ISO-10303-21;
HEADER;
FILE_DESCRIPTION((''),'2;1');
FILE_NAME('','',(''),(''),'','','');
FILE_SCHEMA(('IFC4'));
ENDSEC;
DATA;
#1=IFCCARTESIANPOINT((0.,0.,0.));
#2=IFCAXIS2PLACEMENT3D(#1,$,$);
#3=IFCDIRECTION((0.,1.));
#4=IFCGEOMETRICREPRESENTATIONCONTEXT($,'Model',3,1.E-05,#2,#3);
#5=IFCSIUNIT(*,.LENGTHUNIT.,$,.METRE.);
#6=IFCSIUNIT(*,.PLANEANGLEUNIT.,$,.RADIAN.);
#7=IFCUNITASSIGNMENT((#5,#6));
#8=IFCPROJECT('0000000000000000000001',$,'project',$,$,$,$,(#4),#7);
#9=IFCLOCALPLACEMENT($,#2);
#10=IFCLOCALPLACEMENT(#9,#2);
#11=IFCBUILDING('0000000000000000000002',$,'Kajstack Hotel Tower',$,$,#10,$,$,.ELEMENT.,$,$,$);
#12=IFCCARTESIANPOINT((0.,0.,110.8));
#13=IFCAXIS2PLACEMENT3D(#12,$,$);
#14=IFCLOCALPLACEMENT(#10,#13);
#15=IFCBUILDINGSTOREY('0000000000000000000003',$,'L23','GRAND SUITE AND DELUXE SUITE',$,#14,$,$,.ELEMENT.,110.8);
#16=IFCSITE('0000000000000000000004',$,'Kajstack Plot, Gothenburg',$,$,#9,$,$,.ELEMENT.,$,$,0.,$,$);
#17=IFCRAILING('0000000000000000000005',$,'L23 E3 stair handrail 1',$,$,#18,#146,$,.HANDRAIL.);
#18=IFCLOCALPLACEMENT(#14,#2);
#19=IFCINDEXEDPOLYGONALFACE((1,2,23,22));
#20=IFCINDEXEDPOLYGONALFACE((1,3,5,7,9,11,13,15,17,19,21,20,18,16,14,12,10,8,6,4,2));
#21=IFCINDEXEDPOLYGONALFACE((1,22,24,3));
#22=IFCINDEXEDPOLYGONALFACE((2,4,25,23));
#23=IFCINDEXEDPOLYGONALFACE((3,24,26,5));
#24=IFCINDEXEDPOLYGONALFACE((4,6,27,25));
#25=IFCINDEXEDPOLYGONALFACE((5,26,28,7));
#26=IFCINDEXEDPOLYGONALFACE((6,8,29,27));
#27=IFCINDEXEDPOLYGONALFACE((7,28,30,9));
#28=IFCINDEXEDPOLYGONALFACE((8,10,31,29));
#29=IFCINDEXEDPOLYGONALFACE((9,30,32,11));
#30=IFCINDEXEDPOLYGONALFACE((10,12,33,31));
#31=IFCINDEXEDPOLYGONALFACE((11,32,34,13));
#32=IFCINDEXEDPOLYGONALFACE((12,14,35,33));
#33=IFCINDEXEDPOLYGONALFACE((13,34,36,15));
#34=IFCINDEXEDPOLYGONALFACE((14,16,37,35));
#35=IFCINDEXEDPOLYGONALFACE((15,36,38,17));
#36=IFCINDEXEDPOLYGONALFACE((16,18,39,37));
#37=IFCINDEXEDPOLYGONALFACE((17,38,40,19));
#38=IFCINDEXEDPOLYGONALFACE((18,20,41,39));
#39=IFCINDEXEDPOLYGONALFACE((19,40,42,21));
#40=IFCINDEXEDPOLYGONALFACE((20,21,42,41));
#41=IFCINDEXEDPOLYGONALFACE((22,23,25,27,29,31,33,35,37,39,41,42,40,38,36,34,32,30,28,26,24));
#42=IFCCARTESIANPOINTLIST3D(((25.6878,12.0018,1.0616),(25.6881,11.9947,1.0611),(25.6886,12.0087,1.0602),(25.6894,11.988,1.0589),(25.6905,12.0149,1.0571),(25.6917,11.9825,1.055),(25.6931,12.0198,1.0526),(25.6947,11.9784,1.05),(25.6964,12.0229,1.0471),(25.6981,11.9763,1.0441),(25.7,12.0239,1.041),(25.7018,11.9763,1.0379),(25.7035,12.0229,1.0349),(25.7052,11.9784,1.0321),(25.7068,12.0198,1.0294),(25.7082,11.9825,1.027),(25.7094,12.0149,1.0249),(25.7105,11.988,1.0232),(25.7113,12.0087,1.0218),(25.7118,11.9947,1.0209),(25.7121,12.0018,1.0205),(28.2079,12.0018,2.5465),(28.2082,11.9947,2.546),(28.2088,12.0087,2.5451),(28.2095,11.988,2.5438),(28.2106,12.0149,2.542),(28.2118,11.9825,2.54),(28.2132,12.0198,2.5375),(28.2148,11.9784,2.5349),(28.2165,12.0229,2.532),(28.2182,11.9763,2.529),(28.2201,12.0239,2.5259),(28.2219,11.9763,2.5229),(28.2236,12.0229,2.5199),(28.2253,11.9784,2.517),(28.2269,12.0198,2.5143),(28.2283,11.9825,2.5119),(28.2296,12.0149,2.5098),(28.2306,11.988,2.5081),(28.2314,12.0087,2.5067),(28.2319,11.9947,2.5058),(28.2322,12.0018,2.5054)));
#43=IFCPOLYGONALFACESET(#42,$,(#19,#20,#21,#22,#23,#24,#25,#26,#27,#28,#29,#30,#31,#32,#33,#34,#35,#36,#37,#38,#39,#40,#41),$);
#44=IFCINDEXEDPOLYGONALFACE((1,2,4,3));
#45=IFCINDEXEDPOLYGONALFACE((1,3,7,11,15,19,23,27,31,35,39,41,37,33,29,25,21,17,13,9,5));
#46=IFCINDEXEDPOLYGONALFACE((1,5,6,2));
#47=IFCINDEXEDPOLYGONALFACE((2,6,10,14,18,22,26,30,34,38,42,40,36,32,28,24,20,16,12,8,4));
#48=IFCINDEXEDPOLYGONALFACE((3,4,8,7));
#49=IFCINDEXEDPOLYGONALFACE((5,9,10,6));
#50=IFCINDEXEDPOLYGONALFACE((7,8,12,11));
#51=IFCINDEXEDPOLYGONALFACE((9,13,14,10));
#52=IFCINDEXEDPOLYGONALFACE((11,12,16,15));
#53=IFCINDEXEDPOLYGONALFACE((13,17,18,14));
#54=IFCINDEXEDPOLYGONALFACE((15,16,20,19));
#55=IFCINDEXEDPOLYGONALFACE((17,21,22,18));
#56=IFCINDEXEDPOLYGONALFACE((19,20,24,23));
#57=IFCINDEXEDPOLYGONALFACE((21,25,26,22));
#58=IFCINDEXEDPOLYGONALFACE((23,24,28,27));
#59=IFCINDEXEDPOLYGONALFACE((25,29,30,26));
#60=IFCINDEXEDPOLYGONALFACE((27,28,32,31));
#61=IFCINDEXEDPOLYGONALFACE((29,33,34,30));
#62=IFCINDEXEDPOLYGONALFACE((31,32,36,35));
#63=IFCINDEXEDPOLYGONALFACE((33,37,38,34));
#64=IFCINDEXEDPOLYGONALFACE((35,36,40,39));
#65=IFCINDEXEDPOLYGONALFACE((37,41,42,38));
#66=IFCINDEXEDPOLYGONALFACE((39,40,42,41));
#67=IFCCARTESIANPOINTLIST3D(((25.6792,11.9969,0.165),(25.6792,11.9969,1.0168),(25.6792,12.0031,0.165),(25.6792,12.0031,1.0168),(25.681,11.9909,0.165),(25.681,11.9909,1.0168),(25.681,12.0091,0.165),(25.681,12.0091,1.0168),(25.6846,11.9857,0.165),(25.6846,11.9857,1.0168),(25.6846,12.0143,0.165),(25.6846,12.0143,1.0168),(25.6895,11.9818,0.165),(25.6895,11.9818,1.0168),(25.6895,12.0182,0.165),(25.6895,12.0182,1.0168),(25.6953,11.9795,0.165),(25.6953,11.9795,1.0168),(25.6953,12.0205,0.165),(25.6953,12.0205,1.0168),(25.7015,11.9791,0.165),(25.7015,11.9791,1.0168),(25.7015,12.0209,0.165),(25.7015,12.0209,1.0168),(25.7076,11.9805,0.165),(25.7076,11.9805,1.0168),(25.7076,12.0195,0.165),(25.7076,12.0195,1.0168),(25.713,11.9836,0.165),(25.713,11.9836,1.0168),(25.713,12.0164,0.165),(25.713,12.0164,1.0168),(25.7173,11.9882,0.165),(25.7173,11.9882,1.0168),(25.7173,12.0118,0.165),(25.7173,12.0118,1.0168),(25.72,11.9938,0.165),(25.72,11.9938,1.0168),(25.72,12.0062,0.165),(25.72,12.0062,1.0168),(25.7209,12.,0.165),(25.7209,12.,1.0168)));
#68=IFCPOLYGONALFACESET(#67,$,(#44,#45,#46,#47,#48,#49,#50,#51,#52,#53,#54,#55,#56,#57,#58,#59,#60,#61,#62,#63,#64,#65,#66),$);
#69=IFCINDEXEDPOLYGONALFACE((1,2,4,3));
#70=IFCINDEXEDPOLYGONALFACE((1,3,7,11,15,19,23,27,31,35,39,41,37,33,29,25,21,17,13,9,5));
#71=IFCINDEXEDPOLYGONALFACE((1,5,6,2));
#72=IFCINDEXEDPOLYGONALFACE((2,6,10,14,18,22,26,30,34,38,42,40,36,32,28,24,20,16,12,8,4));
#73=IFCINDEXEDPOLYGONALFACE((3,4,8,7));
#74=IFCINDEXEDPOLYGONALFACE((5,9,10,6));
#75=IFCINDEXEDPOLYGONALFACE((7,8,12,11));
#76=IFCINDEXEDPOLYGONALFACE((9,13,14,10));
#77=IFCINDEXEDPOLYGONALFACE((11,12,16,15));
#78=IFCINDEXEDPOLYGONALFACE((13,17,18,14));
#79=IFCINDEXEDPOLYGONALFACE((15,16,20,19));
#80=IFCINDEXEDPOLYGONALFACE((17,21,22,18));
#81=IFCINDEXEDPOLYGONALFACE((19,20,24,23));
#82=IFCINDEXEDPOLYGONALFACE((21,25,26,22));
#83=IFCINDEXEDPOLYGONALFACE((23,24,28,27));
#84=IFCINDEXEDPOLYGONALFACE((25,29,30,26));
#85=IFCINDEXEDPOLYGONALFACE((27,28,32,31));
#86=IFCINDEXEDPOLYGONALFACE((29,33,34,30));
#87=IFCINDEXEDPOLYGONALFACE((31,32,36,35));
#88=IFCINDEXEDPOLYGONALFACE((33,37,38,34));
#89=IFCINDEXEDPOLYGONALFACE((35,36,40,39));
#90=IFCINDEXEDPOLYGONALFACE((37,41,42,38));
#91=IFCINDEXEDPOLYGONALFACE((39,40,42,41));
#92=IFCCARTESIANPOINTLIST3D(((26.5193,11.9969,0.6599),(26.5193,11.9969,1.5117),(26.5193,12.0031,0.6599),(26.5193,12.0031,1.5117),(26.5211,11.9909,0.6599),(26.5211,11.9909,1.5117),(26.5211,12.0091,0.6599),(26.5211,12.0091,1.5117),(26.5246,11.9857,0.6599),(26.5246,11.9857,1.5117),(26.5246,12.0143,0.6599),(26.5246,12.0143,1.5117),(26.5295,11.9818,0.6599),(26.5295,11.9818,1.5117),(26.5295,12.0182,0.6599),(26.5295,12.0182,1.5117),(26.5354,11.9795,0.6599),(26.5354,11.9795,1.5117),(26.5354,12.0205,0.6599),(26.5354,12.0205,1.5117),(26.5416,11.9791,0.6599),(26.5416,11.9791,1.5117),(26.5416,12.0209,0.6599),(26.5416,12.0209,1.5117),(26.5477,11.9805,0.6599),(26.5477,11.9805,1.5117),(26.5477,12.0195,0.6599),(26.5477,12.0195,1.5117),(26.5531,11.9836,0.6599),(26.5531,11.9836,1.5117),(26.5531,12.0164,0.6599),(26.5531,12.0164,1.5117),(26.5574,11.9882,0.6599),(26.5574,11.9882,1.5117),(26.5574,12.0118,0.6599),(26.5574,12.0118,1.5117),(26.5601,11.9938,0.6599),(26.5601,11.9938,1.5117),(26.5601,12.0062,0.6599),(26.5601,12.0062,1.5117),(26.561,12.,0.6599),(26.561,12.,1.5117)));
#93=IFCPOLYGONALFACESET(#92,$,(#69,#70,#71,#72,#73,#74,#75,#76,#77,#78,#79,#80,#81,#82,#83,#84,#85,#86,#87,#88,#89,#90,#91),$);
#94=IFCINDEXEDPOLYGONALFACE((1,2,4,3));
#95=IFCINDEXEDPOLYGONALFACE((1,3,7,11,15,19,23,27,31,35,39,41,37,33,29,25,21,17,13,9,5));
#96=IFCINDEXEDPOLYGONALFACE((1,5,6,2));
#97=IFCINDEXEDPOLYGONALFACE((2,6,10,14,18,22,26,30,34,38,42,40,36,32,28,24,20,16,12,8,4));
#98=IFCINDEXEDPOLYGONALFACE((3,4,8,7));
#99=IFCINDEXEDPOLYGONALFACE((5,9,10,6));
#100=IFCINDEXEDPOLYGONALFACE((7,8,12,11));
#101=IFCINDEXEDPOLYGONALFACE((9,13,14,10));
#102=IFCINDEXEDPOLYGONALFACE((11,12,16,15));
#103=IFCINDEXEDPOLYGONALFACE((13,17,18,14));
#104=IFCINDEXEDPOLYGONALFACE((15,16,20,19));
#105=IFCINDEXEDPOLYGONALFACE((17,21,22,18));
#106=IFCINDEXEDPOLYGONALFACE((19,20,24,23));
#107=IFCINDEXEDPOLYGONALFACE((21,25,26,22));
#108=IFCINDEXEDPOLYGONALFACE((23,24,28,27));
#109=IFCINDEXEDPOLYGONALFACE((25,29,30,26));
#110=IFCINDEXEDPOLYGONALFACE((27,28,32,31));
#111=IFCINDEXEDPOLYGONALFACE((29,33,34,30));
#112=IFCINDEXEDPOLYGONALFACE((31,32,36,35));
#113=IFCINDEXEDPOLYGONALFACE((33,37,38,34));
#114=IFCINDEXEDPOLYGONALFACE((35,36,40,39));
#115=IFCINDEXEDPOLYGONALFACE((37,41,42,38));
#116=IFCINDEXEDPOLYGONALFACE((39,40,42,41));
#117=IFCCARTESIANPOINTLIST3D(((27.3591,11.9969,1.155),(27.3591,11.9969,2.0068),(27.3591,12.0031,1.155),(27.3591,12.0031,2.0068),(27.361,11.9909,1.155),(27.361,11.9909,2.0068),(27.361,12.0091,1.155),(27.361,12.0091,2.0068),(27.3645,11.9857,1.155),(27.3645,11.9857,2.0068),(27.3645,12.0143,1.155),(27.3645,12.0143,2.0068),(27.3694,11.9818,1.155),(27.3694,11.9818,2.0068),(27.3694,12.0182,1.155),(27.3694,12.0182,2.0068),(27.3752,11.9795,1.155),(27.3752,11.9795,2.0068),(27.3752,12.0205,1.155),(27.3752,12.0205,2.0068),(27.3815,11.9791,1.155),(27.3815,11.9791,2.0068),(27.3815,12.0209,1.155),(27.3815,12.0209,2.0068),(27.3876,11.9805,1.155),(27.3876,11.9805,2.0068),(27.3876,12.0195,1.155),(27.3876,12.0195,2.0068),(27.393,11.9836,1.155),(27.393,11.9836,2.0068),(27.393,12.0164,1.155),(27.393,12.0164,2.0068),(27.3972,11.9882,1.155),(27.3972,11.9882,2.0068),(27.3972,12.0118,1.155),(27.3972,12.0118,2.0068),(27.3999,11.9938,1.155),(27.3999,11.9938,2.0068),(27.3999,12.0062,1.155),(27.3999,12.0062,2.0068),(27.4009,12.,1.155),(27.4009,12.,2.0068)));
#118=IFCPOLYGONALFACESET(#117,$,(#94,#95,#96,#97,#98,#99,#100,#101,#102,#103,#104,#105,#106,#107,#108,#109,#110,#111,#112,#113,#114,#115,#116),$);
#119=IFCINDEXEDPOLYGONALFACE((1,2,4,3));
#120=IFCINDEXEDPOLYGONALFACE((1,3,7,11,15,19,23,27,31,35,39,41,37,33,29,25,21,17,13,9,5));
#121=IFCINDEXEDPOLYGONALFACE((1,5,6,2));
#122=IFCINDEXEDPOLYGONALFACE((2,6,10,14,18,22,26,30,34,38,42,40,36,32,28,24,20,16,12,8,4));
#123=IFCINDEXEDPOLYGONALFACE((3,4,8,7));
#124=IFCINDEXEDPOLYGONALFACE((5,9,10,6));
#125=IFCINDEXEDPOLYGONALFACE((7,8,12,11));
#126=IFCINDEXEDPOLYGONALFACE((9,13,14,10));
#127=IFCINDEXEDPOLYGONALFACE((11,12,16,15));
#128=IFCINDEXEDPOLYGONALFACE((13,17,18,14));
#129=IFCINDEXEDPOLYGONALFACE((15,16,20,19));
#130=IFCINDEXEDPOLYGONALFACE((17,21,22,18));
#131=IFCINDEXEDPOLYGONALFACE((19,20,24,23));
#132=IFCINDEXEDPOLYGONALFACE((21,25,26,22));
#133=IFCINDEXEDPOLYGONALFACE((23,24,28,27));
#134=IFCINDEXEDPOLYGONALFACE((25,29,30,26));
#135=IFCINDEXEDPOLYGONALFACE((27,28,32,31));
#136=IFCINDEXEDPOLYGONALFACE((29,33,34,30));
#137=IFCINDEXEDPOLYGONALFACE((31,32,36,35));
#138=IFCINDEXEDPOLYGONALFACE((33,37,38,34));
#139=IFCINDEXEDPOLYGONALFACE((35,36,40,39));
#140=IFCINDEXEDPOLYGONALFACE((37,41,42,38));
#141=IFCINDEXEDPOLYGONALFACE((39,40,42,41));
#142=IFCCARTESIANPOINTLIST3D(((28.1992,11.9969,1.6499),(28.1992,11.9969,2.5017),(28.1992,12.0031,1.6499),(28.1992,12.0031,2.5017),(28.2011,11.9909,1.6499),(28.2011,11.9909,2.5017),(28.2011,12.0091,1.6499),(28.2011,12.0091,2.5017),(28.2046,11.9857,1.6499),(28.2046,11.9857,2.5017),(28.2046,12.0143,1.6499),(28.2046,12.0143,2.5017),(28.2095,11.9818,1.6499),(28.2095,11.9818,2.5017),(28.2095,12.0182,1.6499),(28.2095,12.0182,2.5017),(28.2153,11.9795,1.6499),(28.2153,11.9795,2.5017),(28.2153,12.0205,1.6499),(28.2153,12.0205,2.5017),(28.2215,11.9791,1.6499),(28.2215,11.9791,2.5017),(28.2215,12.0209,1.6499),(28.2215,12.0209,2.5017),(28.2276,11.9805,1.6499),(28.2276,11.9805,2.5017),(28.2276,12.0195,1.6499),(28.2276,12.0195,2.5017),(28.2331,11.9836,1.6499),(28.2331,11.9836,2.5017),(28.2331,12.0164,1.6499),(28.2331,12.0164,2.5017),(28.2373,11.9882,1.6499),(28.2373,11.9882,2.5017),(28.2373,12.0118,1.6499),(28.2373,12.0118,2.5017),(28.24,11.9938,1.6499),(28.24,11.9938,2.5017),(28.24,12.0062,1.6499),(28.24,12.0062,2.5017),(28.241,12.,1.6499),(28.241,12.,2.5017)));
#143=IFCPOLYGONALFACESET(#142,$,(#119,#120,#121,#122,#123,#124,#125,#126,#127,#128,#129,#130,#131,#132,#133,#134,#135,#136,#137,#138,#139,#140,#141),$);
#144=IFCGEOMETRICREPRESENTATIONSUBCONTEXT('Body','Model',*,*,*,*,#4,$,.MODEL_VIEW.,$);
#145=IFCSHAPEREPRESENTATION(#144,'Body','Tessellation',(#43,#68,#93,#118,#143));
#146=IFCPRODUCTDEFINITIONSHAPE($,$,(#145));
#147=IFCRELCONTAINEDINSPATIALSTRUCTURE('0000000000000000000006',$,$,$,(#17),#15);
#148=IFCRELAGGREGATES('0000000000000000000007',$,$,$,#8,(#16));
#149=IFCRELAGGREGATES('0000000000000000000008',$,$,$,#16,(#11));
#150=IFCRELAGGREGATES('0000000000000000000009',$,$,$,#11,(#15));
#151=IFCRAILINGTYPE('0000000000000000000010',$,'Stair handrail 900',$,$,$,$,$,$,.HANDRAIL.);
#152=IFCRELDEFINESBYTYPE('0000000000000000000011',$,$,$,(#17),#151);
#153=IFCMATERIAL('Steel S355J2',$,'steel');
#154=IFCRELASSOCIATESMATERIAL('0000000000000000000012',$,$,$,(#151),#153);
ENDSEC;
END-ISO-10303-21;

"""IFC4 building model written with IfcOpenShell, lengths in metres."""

from ifc_helpers import new_model, si_unit, direction, frame, origin, origin_2d, place, context, subcontext, project, spatial, circle, extrude, material, type_object, element, save


model = new_model("IFC4")

# Units and contexts
model_context = context("Model", 3, precision=1e-05, world=origin(), true_north=direction((0.0, 1.0)))
body_context = subcontext(model_context, "Body", "Model", "MODEL_VIEW")
ifc_project = project(units=[si_unit("LENGTHUNIT", "METRE"), si_unit("PLANEANGLEUNIT", "RADIAN")], contexts=[model_context])

# Site, building, storey
site_placement = place(None, origin())
site = spatial("IfcSite", under=ifc_project, at=site_placement, Name="Kajstack Plot, Gothenburg", CompositionType="ELEMENT", RefElevation=0.0)
building_placement = place(site_placement, origin())
building = spatial("IfcBuilding", under=site, at=building_placement, Name="Kajstack Hotel Tower", CompositionType="ELEMENT")
storey_placement = place(building_placement, frame((0.0, 0.0, 110.8)))
storey = spatial("IfcBuildingStorey", under=building, at=storey_placement, Name="L23", Description="GRAND SUITE AND DELUXE SUITE", CompositionType="ELEMENT", Elevation=110.8)

# Railing
ifc_material_1 = material(Name="Steel S355J2", Category="steel")
railing_type_1 = type_object("IfcRailingType", Name="Stair handrail 900", PredefinedType="HANDRAIL", material=ifc_material_1)
railing_1_placement = place(storey_placement, frame((25.7, 12.0, 0.165)))
element("IfcRailing", 1, at=railing_1_placement, inside=storey, type_object=railing_type_1, Name="L23 E3 stair handrail 1", PredefinedType="HANDRAIL", context=body_context, shape_type="SweptSolid", body=[
    extrude(circle(Radius=0.0239, at=origin_2d()), frame((0.0, 0.0, 0.876), z_axis=(0.861561, 0.0, 0.507655), x_axis=(0.0, 1.0, 0.0)), (0.0, 0.0, 1.0), 2.925),
    extrude(circle(Radius=0.021, at=origin_2d()), origin(), (0.0, 0.0, 1.0), 0.8518),
    extrude(circle(Radius=0.021, at=origin_2d()), frame((0.8401, 0.0, 0.4949)), (0.0, 0.0, 1.0), 0.8518),
    extrude(circle(Radius=0.021, at=origin_2d()), frame((1.6799, 0.0, 0.99)), (0.0, 0.0, 1.0), 0.8518),
    extrude(circle(Radius=0.021, at=origin_2d()), frame((2.52, 0.0, 1.4849)), (0.0, 0.0, 1.0), 0.8518),
])

save(model, "model.ifc")
